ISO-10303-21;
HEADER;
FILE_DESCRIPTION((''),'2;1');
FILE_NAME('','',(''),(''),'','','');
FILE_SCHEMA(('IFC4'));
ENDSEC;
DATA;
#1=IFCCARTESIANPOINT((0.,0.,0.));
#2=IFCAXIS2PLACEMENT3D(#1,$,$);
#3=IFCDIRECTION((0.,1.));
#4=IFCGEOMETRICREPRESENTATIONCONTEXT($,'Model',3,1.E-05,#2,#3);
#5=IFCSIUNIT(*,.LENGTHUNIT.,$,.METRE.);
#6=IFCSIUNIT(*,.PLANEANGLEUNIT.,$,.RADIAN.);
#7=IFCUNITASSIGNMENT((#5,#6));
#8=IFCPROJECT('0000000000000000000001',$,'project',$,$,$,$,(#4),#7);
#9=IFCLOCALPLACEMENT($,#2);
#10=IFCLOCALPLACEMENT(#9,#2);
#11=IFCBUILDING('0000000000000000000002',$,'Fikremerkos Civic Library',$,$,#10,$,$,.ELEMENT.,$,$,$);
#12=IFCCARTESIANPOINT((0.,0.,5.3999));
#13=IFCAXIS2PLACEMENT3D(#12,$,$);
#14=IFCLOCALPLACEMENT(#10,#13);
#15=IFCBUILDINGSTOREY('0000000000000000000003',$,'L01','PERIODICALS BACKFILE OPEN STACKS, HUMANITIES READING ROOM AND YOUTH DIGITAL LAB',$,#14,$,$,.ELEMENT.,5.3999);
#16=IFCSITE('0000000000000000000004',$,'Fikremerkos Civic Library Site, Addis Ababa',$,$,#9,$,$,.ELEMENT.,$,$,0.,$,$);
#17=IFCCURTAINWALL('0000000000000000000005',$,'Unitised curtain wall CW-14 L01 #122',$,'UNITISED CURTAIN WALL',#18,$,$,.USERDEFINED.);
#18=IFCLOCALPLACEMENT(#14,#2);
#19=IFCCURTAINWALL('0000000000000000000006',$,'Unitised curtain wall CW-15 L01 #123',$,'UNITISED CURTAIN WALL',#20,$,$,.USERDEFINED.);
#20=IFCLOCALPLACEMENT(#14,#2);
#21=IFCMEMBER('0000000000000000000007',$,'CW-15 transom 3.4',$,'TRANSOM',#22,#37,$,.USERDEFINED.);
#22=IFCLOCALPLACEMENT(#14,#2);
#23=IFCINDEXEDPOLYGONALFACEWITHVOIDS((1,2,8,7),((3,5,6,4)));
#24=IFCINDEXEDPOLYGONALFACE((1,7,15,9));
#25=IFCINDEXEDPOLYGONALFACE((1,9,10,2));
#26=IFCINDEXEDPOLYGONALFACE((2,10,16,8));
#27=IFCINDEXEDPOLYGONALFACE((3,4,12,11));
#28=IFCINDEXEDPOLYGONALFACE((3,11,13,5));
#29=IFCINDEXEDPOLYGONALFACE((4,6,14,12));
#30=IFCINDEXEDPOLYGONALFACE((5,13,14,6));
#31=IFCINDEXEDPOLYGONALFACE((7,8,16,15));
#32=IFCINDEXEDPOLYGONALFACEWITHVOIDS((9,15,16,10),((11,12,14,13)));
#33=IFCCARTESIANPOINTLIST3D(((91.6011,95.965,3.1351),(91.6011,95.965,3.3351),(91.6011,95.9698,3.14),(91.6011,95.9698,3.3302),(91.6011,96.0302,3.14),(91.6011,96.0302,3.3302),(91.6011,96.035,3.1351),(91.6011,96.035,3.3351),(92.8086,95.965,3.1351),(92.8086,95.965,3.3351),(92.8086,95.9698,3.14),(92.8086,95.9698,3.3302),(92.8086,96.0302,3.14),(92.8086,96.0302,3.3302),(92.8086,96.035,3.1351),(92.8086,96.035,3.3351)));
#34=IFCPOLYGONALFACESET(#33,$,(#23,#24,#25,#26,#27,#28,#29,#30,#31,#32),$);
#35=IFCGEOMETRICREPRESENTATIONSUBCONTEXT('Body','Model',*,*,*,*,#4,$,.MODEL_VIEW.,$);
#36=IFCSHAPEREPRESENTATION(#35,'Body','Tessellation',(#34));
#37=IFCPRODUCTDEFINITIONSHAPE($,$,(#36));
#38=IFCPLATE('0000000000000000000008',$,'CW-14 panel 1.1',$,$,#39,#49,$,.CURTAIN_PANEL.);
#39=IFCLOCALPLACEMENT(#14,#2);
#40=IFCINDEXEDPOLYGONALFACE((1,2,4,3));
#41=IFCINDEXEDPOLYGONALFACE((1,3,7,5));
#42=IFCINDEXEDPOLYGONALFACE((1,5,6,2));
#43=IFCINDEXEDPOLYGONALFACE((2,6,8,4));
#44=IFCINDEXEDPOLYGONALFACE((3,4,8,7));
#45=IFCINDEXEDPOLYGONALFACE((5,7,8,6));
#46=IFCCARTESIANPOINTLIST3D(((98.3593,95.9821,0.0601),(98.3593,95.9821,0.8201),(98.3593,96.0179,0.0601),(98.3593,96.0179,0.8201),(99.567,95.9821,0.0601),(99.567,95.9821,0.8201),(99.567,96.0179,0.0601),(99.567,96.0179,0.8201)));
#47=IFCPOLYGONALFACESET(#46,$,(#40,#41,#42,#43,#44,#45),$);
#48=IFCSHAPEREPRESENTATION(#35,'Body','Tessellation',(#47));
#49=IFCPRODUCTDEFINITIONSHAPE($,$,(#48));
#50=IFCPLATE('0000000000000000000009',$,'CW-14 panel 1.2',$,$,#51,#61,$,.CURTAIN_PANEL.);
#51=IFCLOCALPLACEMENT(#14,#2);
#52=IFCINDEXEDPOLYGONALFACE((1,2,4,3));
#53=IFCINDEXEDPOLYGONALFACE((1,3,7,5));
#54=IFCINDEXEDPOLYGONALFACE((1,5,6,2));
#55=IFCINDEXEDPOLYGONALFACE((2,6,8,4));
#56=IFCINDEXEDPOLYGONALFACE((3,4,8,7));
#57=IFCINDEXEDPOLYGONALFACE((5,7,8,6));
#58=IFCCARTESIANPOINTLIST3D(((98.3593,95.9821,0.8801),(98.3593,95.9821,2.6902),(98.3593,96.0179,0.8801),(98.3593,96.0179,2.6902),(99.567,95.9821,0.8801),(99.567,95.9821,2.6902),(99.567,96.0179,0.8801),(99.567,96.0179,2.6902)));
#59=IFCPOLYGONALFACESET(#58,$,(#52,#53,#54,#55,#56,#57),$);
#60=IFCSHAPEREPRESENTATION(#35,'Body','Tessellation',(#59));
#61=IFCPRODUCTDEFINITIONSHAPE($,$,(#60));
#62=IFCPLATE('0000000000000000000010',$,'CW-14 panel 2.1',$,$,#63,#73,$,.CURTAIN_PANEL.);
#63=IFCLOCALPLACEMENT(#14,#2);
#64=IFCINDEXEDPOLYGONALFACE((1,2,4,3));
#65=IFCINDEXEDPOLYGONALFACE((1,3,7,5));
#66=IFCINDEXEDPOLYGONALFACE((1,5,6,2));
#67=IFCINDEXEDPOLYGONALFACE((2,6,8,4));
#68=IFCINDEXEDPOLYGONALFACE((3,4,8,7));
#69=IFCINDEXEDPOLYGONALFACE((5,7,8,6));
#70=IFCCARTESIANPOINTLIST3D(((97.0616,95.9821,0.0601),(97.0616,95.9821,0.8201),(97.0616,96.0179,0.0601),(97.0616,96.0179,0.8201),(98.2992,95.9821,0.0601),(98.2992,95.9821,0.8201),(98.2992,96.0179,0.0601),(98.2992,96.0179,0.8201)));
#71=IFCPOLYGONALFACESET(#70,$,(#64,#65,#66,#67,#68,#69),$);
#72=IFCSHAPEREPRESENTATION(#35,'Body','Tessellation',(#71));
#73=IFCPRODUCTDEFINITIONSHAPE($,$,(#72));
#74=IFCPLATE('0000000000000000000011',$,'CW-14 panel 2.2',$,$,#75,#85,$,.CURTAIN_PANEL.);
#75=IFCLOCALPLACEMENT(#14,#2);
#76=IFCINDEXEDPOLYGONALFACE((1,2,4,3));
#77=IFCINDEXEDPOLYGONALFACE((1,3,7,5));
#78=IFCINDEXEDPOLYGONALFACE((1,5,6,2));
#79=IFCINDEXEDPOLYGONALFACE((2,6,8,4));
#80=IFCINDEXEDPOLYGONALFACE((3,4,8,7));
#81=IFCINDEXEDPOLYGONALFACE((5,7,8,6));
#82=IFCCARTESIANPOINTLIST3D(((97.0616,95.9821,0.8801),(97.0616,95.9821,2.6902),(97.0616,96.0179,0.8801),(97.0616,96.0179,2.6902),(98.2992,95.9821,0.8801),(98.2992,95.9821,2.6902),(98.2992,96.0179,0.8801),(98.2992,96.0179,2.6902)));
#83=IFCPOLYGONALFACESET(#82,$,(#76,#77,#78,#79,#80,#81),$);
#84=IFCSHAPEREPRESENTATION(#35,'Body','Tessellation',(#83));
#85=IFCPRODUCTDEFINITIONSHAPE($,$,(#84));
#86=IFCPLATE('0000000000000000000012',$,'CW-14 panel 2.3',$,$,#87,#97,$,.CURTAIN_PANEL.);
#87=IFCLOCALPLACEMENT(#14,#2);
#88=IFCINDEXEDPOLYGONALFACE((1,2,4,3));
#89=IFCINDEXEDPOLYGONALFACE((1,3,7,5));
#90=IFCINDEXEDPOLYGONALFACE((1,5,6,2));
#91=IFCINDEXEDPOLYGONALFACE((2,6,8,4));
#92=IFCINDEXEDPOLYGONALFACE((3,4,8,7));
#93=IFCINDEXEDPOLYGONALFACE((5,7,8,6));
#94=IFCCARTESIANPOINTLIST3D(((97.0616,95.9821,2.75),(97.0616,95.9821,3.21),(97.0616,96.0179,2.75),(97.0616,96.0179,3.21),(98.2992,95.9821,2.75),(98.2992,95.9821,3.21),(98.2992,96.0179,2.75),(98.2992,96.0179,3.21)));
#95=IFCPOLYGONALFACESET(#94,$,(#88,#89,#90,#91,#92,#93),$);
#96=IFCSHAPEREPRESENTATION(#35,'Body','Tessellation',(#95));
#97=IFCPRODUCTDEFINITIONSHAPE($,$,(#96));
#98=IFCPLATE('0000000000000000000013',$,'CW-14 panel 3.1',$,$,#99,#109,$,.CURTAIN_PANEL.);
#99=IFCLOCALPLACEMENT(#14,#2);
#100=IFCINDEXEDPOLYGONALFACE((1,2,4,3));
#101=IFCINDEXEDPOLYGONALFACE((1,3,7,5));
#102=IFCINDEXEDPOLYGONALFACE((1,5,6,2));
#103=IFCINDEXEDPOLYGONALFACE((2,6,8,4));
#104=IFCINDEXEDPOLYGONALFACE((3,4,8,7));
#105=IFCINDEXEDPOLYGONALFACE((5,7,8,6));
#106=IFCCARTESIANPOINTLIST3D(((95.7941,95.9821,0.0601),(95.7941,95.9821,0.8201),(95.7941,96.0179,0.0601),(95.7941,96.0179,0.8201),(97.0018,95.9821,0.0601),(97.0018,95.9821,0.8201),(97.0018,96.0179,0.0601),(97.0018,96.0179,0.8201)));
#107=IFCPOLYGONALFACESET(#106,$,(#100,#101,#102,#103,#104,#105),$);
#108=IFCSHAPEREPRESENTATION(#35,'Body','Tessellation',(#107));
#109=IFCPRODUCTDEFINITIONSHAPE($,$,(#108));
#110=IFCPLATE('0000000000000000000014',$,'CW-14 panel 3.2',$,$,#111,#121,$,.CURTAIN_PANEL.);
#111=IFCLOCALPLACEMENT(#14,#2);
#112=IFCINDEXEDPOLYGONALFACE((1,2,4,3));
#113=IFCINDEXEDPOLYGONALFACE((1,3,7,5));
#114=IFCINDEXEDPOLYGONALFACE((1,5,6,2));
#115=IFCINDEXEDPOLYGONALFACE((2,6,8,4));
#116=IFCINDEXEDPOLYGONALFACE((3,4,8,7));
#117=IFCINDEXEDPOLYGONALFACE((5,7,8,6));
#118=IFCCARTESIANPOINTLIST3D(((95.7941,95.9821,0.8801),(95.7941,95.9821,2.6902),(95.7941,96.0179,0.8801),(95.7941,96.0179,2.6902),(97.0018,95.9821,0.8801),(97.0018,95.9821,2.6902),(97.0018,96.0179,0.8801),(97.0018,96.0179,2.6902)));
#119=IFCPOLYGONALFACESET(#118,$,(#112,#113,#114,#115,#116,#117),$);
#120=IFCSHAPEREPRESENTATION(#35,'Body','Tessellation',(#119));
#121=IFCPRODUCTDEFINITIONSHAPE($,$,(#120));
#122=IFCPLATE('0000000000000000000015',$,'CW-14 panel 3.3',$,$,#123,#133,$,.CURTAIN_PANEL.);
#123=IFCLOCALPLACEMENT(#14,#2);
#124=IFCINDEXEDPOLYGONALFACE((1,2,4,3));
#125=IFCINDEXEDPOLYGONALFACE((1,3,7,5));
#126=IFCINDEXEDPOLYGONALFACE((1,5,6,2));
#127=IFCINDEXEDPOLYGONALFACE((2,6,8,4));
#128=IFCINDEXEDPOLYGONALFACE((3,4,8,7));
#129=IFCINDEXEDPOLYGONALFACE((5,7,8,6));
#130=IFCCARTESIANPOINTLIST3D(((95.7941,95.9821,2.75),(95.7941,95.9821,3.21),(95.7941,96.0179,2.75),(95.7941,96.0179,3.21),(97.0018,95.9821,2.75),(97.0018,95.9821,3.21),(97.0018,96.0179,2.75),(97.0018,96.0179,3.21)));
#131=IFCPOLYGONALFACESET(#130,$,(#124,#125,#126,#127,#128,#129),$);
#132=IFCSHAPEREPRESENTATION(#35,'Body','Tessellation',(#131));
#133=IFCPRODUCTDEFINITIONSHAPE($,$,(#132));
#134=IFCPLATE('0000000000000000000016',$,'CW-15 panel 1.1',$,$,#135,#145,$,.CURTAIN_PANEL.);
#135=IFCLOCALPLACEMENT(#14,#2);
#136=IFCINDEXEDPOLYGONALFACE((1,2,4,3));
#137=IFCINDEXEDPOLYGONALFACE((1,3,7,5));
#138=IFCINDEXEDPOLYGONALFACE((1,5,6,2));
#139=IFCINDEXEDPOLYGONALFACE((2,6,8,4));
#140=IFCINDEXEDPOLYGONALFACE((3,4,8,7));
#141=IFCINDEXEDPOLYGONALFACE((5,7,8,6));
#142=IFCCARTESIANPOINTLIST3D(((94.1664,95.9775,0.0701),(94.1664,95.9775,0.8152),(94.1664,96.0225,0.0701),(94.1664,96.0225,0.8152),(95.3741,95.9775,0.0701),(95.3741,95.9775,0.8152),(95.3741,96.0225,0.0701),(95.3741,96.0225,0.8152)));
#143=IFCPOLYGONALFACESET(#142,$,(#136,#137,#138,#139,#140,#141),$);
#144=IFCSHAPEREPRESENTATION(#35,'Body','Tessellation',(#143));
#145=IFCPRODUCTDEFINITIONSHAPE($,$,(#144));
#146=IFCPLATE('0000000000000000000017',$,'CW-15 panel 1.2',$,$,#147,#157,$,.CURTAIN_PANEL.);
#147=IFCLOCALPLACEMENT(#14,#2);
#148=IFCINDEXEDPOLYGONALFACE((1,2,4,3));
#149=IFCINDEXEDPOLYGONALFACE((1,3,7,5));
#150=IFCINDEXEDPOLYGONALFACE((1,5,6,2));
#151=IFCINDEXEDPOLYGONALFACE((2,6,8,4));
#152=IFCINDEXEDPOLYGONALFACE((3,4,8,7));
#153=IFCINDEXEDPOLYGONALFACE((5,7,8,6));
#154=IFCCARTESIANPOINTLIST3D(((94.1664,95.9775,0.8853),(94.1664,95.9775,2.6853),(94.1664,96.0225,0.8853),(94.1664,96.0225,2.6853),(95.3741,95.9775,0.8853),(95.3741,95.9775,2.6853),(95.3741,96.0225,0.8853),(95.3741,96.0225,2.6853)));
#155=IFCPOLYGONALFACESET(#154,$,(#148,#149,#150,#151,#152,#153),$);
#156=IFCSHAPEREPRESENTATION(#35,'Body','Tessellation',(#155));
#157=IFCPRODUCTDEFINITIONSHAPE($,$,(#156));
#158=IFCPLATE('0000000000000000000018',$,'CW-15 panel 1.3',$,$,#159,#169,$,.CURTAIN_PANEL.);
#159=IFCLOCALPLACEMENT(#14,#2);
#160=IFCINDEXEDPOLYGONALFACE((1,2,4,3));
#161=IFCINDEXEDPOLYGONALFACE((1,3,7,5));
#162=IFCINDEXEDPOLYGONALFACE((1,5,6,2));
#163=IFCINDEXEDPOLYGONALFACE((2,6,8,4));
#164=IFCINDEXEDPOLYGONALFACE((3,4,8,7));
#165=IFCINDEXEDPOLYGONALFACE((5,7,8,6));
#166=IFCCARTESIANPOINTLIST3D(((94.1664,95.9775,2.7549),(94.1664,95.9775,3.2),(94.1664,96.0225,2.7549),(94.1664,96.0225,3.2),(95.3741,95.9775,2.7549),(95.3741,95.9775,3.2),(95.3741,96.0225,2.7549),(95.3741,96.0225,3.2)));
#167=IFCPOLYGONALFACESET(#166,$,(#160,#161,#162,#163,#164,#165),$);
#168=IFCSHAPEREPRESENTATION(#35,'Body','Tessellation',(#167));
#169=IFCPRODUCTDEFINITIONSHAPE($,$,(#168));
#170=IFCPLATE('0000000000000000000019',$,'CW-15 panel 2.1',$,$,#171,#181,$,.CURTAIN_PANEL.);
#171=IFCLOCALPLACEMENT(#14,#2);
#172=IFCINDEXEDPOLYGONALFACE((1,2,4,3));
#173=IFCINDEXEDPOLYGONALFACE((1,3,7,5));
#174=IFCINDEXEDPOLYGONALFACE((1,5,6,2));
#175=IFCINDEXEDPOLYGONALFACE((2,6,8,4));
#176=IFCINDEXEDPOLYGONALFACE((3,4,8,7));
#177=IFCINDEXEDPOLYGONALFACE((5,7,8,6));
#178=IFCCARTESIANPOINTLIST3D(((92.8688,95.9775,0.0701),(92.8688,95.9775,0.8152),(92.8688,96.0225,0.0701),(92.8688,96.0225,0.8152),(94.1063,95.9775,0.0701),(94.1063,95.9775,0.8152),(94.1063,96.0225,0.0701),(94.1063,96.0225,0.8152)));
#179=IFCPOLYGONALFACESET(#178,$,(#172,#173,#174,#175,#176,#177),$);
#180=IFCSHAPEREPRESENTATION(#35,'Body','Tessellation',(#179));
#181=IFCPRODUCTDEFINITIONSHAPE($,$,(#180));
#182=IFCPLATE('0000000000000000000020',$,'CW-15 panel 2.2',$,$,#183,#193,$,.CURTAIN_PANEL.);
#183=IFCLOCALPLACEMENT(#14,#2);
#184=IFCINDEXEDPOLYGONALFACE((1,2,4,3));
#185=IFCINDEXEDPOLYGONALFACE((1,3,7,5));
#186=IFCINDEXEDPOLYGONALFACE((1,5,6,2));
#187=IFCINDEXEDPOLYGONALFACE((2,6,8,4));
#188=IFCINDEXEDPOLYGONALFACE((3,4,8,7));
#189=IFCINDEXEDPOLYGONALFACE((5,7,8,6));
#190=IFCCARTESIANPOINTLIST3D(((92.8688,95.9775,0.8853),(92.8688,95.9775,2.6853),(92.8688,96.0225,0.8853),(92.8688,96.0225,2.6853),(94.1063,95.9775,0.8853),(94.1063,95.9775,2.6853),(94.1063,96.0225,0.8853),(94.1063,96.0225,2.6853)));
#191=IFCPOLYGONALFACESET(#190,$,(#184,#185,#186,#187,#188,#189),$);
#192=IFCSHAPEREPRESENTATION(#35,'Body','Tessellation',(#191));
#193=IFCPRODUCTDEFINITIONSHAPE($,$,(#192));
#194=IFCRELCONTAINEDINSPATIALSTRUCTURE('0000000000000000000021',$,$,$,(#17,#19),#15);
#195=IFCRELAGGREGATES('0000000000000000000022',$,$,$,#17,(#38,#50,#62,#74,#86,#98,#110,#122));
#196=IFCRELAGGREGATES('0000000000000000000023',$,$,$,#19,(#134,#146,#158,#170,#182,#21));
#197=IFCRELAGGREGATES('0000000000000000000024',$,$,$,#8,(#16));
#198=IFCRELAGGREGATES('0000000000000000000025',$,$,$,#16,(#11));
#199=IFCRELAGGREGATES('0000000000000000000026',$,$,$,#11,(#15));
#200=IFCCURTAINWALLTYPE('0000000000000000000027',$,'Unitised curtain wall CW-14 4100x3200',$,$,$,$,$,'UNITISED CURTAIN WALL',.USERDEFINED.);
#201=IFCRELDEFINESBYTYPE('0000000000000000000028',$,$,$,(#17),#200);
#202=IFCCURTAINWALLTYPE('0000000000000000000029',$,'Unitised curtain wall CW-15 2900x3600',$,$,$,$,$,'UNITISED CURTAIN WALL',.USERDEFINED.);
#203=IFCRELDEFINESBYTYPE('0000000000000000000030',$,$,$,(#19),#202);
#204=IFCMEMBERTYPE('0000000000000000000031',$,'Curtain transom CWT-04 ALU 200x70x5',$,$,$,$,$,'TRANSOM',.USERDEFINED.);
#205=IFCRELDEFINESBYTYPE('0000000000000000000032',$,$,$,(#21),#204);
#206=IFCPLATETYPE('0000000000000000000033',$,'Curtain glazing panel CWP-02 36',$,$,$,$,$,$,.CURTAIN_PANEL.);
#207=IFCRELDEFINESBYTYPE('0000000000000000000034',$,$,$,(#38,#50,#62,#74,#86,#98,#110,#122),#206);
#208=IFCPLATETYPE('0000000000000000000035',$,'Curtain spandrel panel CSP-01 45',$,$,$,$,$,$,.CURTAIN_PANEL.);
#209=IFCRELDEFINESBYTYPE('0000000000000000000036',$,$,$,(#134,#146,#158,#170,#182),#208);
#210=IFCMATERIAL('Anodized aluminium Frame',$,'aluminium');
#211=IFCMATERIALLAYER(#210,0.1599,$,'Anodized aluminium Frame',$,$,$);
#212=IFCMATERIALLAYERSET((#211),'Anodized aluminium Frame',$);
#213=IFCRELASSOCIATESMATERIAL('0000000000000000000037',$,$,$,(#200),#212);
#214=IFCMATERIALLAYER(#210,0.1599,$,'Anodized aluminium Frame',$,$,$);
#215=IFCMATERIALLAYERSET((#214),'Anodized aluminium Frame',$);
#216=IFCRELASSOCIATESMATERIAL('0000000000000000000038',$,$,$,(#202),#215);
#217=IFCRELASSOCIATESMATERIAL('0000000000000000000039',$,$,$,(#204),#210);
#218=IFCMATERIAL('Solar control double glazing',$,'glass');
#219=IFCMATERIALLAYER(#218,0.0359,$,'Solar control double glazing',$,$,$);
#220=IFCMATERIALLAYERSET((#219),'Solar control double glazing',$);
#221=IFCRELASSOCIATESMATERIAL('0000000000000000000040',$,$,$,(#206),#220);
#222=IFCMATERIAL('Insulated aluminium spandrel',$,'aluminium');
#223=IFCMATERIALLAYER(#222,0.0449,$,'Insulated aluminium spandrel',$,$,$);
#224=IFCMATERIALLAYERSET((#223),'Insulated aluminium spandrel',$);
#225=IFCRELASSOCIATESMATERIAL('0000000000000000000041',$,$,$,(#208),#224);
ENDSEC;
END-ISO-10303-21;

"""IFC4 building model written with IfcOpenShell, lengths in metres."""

from ifc_helpers import new_model, si_unit, direction, frame, origin, origin_2d, place, context, subcontext, project, spatial, rectangle, hollow_rectangle, extrude, material, layer, layer_set, material_profile, profile_set, type_object, element, aggregate, save


model = new_model("IFC4")

# Units and contexts
model_context = context("Model", 3, precision=1e-05, world=origin(), true_north=direction((0.0, 1.0)))
body_context = subcontext(model_context, "Body", "Model", "MODEL_VIEW")
ifc_project = project(units=[si_unit("LENGTHUNIT", "METRE"), si_unit("PLANEANGLEUNIT", "RADIAN")], contexts=[model_context])

# Site, building, storey
site_placement = place(None, origin())
site = spatial("IfcSite", under=ifc_project, at=site_placement, Name="Fikremerkos Civic Library Site, Addis Ababa", CompositionType="ELEMENT", RefElevation=0.0)
building_placement = place(site_placement, origin())
building = spatial("IfcBuilding", under=site, at=building_placement, Name="Fikremerkos Civic Library", CompositionType="ELEMENT")
storey_placement = place(building_placement, frame((0.0, 0.0, 5.3999)))
storey = spatial("IfcBuildingStorey", under=building, at=storey_placement, Name="L01", Description="PERIODICALS BACKFILE OPEN STACKS, HUMANITIES READING ROOM AND YOUTH DIGITAL LAB", CompositionType="ELEMENT", Elevation=5.3999)

# Curtain walls
ifc_material_1 = material(Name="Anodized aluminium Frame", Category="aluminium")
ifc_layer_1 = layer(ifc_material_1, 0.1599, Name="Anodized aluminium Frame")
ifc_layer_set_1 = layer_set([ifc_layer_1], Name="Anodized aluminium Frame")
curtain_wall_type_1 = type_object("IfcCurtainWallType", Name="Unitised curtain wall CW-14 4100x3200", ElementType="UNITISED CURTAIN WALL", PredefinedType="USERDEFINED", material=ifc_layer_set_1)
curtain_wall_1_placement = place(storey_placement, origin())
curtain_wall_1 = element("IfcCurtainWall", 1, at=curtain_wall_1_placement, inside=storey, type_object=curtain_wall_type_1, Name="Unitised curtain wall CW-14 L01 #122", ObjectType="UNITISED CURTAIN WALL", PredefinedType="USERDEFINED")
ifc_layer_2 = layer(ifc_material_1, 0.1599, Name="Anodized aluminium Frame")
ifc_layer_set_2 = layer_set([ifc_layer_2], Name="Anodized aluminium Frame")
curtain_wall_type_2 = type_object("IfcCurtainWallType", Name="Unitised curtain wall CW-15 2900x3600", ElementType="UNITISED CURTAIN WALL", PredefinedType="USERDEFINED", material=ifc_layer_set_2)
curtain_wall_2_placement = place(storey_placement, origin())
curtain_wall_2 = element("IfcCurtainWall", 2, at=curtain_wall_2_placement, inside=storey, type_object=curtain_wall_type_2, Name="Unitised curtain wall CW-15 L01 #123", ObjectType="UNITISED CURTAIN WALL", PredefinedType="USERDEFINED")

# Member
ifc_material_profile_1 = material_profile(ifc_material_1, hollow_rectangle(XDim=0.0701, YDim=0.2, WallThickness=0.0049, at=origin_2d()), Name="ALU 200x70x5")
ifc_profile_set_1 = profile_set([ifc_material_profile_1], Name="Anodized aluminium Frame")
member_type_1 = type_object("IfcMemberType", Name="Curtain transom CWT-04 ALU 200x70x5", ElementType="TRANSOM", PredefinedType="USERDEFINED", material=ifc_profile_set_1)
member_1_placement = place(storey_placement, frame((92.8086, 96.0, 3.2351), z_axis=(-1.0, 0.0, 0.0), x_axis=(0.0, -1.0, 0.0)))
member_1 = element("IfcMember", 3, at=member_1_placement, type_object=member_type_1, Name="CW-15 transom 3.4", ObjectType="TRANSOM", PredefinedType="USERDEFINED", context=body_context, shape_type="SweptSolid", body=[
    extrude(hollow_rectangle(XDim=0.0701, YDim=0.2, WallThickness=0.0049, at=origin_2d()), origin(), (0.0, 0.0, 1.0), 1.2075),
])

# Plates
ifc_material_2 = material(Name="Solar control double glazing", Category="glass")
ifc_layer_3 = layer(ifc_material_2, 0.0359, Name="Solar control double glazing")
ifc_layer_set_3 = layer_set([ifc_layer_3], Name="Solar control double glazing")
plate_type_1 = type_object("IfcPlateType", Name="Curtain glazing panel CWP-02 36", PredefinedType="CURTAIN_PANEL", material=ifc_layer_set_3)
plate_1_placement = place(storey_placement, frame((98.9631, 96.0, 0.0601), z_axis=(0.0, 0.0, 1.0), x_axis=(-1.0, 0.0, 0.0)))
plate_1 = element("IfcPlate", 4, at=plate_1_placement, type_object=plate_type_1, Name="CW-14 panel 1.1", PredefinedType="CURTAIN_PANEL", context=body_context, shape_type="SweptSolid", body=[
    extrude(rectangle(XDim=1.2078, YDim=0.0359, at=origin_2d()), origin(), (0.0, 0.0, 1.0), 0.76),
])
plate_2_placement = place(storey_placement, frame((98.9631, 96.0, 0.8801), z_axis=(0.0, 0.0, 1.0), x_axis=(-1.0, 0.0, 0.0)))
plate_2 = element("IfcPlate", 5, at=plate_2_placement, type_object=plate_type_1, Name="CW-14 panel 1.2", PredefinedType="CURTAIN_PANEL", context=body_context, shape_type="SweptSolid", body=[
    extrude(rectangle(XDim=1.2078, YDim=0.0359, at=origin_2d()), origin(), (0.0, 0.0, 1.0), 1.8101),
])
plate_3_placement = place(storey_placement, frame((97.6804, 96.0, 0.0601), z_axis=(0.0, 0.0, 1.0), x_axis=(-1.0, 0.0, 0.0)))
plate_3 = element("IfcPlate", 6, at=plate_3_placement, type_object=plate_type_1, Name="CW-14 panel 2.1", PredefinedType="CURTAIN_PANEL", context=body_context, shape_type="SweptSolid", body=[
    extrude(rectangle(XDim=1.2375, YDim=0.0359, at=origin_2d()), origin(), (0.0, 0.0, 1.0), 0.76),
])
plate_4_placement = place(storey_placement, frame((97.6804, 96.0, 0.8801), z_axis=(0.0, 0.0, 1.0), x_axis=(-1.0, 0.0, 0.0)))
plate_4 = element("IfcPlate", 7, at=plate_4_placement, type_object=plate_type_1, Name="CW-14 panel 2.2", PredefinedType="CURTAIN_PANEL", context=body_context, shape_type="SweptSolid", body=[
    extrude(rectangle(XDim=1.2375, YDim=0.0359, at=origin_2d()), origin(), (0.0, 0.0, 1.0), 1.8101),
])
plate_5_placement = place(storey_placement, frame((97.6804, 96.0, 2.75), z_axis=(0.0, 0.0, 1.0), x_axis=(-1.0, 0.0, 0.0)))
plate_5 = element("IfcPlate", 8, at=plate_5_placement, type_object=plate_type_1, Name="CW-14 panel 2.3", PredefinedType="CURTAIN_PANEL", context=body_context, shape_type="SweptSolid", body=[
    extrude(rectangle(XDim=1.2375, YDim=0.0359, at=origin_2d()), origin(), (0.0, 0.0, 1.0), 0.46),
])
plate_6_placement = place(storey_placement, frame((96.3979, 96.0, 0.0601), z_axis=(0.0, 0.0, 1.0), x_axis=(-1.0, 0.0, 0.0)))
plate_6 = element("IfcPlate", 9, at=plate_6_placement, type_object=plate_type_1, Name="CW-14 panel 3.1", PredefinedType="CURTAIN_PANEL", context=body_context, shape_type="SweptSolid", body=[
    extrude(rectangle(XDim=1.2078, YDim=0.0359, at=origin_2d()), origin(), (0.0, 0.0, 1.0), 0.76),
])
plate_7_placement = place(storey_placement, frame((96.3979, 96.0, 0.8801), z_axis=(0.0, 0.0, 1.0), x_axis=(-1.0, 0.0, 0.0)))
plate_7 = element("IfcPlate", 10, at=plate_7_placement, type_object=plate_type_1, Name="CW-14 panel 3.2", PredefinedType="CURTAIN_PANEL", context=body_context, shape_type="SweptSolid", body=[
    extrude(rectangle(XDim=1.2078, YDim=0.0359, at=origin_2d()), origin(), (0.0, 0.0, 1.0), 1.8101),
])
plate_8_placement = place(storey_placement, frame((96.3979, 96.0, 2.75), z_axis=(0.0, 0.0, 1.0), x_axis=(-1.0, 0.0, 0.0)))
plate_8 = element("IfcPlate", 11, at=plate_8_placement, type_object=plate_type_1, Name="CW-14 panel 3.3", PredefinedType="CURTAIN_PANEL", context=body_context, shape_type="SweptSolid", body=[
    extrude(rectangle(XDim=1.2078, YDim=0.0359, at=origin_2d()), origin(), (0.0, 0.0, 1.0), 0.46),
])
aggregate(curtain_wall_1, [plate_1, plate_2, plate_3, plate_4, plate_5, plate_6, plate_7, plate_8])
ifc_material_3 = material(Name="Insulated aluminium spandrel", Category="aluminium")
ifc_layer_4 = layer(ifc_material_3, 0.0449, Name="Insulated aluminium spandrel")
ifc_layer_set_4 = layer_set([ifc_layer_4], Name="Insulated aluminium spandrel")
plate_type_2 = type_object("IfcPlateType", Name="Curtain spandrel panel CSP-01 45", PredefinedType="CURTAIN_PANEL", material=ifc_layer_set_4)
plate_9_placement = place(storey_placement, frame((94.7703, 96.0, 0.0701), z_axis=(0.0, 0.0, 1.0), x_axis=(-1.0, 0.0, 0.0)))
plate_9 = element("IfcPlate", 12, at=plate_9_placement, type_object=plate_type_2, Name="CW-15 panel 1.1", PredefinedType="CURTAIN_PANEL", context=body_context, shape_type="SweptSolid", body=[
    extrude(rectangle(XDim=1.2078, YDim=0.0449, at=origin_2d()), origin(), (0.0, 0.0, 1.0), 0.7451),
])
plate_10_placement = place(storey_placement, frame((94.7703, 96.0, 0.8853), z_axis=(0.0, 0.0, 1.0), x_axis=(-1.0, 0.0, 0.0)))
plate_10 = element("IfcPlate", 13, at=plate_10_placement, type_object=plate_type_2, Name="CW-15 panel 1.2", PredefinedType="CURTAIN_PANEL", context=body_context, shape_type="SweptSolid", body=[
    extrude(rectangle(XDim=1.2078, YDim=0.0449, at=origin_2d()), origin(), (0.0, 0.0, 1.0), 1.8),
])
plate_11_placement = place(storey_placement, frame((94.7703, 96.0, 2.7549), z_axis=(0.0, 0.0, 1.0), x_axis=(-1.0, 0.0, 0.0)))
plate_11 = element("IfcPlate", 14, at=plate_11_placement, type_object=plate_type_2, Name="CW-15 panel 1.3", PredefinedType="CURTAIN_PANEL", context=body_context, shape_type="SweptSolid", body=[
    extrude(rectangle(XDim=1.2078, YDim=0.0449, at=origin_2d()), origin(), (0.0, 0.0, 1.0), 0.4451),
])
plate_12_placement = place(storey_placement, frame((93.4875, 96.0, 0.0701), z_axis=(0.0, 0.0, 1.0), x_axis=(-1.0, 0.0, 0.0)))
plate_12 = element("IfcPlate", 15, at=plate_12_placement, type_object=plate_type_2, Name="CW-15 panel 2.1", PredefinedType="CURTAIN_PANEL", context=body_context, shape_type="SweptSolid", body=[
    extrude(rectangle(XDim=1.2375, YDim=0.0449, at=origin_2d()), origin(), (0.0, 0.0, 1.0), 0.7451),
])
plate_13_placement = place(storey_placement, frame((93.4875, 96.0, 0.8853), z_axis=(0.0, 0.0, 1.0), x_axis=(-1.0, 0.0, 0.0)))
plate_13 = element("IfcPlate", 16, at=plate_13_placement, type_object=plate_type_2, Name="CW-15 panel 2.2", PredefinedType="CURTAIN_PANEL", context=body_context, shape_type="SweptSolid", body=[
    extrude(rectangle(XDim=1.2375, YDim=0.0449, at=origin_2d()), origin(), (0.0, 0.0, 1.0), 1.8),
])
aggregate(curtain_wall_2, [plate_9, plate_10, plate_11, plate_12, plate_13, member_1])

save(model, "model.ifc")
